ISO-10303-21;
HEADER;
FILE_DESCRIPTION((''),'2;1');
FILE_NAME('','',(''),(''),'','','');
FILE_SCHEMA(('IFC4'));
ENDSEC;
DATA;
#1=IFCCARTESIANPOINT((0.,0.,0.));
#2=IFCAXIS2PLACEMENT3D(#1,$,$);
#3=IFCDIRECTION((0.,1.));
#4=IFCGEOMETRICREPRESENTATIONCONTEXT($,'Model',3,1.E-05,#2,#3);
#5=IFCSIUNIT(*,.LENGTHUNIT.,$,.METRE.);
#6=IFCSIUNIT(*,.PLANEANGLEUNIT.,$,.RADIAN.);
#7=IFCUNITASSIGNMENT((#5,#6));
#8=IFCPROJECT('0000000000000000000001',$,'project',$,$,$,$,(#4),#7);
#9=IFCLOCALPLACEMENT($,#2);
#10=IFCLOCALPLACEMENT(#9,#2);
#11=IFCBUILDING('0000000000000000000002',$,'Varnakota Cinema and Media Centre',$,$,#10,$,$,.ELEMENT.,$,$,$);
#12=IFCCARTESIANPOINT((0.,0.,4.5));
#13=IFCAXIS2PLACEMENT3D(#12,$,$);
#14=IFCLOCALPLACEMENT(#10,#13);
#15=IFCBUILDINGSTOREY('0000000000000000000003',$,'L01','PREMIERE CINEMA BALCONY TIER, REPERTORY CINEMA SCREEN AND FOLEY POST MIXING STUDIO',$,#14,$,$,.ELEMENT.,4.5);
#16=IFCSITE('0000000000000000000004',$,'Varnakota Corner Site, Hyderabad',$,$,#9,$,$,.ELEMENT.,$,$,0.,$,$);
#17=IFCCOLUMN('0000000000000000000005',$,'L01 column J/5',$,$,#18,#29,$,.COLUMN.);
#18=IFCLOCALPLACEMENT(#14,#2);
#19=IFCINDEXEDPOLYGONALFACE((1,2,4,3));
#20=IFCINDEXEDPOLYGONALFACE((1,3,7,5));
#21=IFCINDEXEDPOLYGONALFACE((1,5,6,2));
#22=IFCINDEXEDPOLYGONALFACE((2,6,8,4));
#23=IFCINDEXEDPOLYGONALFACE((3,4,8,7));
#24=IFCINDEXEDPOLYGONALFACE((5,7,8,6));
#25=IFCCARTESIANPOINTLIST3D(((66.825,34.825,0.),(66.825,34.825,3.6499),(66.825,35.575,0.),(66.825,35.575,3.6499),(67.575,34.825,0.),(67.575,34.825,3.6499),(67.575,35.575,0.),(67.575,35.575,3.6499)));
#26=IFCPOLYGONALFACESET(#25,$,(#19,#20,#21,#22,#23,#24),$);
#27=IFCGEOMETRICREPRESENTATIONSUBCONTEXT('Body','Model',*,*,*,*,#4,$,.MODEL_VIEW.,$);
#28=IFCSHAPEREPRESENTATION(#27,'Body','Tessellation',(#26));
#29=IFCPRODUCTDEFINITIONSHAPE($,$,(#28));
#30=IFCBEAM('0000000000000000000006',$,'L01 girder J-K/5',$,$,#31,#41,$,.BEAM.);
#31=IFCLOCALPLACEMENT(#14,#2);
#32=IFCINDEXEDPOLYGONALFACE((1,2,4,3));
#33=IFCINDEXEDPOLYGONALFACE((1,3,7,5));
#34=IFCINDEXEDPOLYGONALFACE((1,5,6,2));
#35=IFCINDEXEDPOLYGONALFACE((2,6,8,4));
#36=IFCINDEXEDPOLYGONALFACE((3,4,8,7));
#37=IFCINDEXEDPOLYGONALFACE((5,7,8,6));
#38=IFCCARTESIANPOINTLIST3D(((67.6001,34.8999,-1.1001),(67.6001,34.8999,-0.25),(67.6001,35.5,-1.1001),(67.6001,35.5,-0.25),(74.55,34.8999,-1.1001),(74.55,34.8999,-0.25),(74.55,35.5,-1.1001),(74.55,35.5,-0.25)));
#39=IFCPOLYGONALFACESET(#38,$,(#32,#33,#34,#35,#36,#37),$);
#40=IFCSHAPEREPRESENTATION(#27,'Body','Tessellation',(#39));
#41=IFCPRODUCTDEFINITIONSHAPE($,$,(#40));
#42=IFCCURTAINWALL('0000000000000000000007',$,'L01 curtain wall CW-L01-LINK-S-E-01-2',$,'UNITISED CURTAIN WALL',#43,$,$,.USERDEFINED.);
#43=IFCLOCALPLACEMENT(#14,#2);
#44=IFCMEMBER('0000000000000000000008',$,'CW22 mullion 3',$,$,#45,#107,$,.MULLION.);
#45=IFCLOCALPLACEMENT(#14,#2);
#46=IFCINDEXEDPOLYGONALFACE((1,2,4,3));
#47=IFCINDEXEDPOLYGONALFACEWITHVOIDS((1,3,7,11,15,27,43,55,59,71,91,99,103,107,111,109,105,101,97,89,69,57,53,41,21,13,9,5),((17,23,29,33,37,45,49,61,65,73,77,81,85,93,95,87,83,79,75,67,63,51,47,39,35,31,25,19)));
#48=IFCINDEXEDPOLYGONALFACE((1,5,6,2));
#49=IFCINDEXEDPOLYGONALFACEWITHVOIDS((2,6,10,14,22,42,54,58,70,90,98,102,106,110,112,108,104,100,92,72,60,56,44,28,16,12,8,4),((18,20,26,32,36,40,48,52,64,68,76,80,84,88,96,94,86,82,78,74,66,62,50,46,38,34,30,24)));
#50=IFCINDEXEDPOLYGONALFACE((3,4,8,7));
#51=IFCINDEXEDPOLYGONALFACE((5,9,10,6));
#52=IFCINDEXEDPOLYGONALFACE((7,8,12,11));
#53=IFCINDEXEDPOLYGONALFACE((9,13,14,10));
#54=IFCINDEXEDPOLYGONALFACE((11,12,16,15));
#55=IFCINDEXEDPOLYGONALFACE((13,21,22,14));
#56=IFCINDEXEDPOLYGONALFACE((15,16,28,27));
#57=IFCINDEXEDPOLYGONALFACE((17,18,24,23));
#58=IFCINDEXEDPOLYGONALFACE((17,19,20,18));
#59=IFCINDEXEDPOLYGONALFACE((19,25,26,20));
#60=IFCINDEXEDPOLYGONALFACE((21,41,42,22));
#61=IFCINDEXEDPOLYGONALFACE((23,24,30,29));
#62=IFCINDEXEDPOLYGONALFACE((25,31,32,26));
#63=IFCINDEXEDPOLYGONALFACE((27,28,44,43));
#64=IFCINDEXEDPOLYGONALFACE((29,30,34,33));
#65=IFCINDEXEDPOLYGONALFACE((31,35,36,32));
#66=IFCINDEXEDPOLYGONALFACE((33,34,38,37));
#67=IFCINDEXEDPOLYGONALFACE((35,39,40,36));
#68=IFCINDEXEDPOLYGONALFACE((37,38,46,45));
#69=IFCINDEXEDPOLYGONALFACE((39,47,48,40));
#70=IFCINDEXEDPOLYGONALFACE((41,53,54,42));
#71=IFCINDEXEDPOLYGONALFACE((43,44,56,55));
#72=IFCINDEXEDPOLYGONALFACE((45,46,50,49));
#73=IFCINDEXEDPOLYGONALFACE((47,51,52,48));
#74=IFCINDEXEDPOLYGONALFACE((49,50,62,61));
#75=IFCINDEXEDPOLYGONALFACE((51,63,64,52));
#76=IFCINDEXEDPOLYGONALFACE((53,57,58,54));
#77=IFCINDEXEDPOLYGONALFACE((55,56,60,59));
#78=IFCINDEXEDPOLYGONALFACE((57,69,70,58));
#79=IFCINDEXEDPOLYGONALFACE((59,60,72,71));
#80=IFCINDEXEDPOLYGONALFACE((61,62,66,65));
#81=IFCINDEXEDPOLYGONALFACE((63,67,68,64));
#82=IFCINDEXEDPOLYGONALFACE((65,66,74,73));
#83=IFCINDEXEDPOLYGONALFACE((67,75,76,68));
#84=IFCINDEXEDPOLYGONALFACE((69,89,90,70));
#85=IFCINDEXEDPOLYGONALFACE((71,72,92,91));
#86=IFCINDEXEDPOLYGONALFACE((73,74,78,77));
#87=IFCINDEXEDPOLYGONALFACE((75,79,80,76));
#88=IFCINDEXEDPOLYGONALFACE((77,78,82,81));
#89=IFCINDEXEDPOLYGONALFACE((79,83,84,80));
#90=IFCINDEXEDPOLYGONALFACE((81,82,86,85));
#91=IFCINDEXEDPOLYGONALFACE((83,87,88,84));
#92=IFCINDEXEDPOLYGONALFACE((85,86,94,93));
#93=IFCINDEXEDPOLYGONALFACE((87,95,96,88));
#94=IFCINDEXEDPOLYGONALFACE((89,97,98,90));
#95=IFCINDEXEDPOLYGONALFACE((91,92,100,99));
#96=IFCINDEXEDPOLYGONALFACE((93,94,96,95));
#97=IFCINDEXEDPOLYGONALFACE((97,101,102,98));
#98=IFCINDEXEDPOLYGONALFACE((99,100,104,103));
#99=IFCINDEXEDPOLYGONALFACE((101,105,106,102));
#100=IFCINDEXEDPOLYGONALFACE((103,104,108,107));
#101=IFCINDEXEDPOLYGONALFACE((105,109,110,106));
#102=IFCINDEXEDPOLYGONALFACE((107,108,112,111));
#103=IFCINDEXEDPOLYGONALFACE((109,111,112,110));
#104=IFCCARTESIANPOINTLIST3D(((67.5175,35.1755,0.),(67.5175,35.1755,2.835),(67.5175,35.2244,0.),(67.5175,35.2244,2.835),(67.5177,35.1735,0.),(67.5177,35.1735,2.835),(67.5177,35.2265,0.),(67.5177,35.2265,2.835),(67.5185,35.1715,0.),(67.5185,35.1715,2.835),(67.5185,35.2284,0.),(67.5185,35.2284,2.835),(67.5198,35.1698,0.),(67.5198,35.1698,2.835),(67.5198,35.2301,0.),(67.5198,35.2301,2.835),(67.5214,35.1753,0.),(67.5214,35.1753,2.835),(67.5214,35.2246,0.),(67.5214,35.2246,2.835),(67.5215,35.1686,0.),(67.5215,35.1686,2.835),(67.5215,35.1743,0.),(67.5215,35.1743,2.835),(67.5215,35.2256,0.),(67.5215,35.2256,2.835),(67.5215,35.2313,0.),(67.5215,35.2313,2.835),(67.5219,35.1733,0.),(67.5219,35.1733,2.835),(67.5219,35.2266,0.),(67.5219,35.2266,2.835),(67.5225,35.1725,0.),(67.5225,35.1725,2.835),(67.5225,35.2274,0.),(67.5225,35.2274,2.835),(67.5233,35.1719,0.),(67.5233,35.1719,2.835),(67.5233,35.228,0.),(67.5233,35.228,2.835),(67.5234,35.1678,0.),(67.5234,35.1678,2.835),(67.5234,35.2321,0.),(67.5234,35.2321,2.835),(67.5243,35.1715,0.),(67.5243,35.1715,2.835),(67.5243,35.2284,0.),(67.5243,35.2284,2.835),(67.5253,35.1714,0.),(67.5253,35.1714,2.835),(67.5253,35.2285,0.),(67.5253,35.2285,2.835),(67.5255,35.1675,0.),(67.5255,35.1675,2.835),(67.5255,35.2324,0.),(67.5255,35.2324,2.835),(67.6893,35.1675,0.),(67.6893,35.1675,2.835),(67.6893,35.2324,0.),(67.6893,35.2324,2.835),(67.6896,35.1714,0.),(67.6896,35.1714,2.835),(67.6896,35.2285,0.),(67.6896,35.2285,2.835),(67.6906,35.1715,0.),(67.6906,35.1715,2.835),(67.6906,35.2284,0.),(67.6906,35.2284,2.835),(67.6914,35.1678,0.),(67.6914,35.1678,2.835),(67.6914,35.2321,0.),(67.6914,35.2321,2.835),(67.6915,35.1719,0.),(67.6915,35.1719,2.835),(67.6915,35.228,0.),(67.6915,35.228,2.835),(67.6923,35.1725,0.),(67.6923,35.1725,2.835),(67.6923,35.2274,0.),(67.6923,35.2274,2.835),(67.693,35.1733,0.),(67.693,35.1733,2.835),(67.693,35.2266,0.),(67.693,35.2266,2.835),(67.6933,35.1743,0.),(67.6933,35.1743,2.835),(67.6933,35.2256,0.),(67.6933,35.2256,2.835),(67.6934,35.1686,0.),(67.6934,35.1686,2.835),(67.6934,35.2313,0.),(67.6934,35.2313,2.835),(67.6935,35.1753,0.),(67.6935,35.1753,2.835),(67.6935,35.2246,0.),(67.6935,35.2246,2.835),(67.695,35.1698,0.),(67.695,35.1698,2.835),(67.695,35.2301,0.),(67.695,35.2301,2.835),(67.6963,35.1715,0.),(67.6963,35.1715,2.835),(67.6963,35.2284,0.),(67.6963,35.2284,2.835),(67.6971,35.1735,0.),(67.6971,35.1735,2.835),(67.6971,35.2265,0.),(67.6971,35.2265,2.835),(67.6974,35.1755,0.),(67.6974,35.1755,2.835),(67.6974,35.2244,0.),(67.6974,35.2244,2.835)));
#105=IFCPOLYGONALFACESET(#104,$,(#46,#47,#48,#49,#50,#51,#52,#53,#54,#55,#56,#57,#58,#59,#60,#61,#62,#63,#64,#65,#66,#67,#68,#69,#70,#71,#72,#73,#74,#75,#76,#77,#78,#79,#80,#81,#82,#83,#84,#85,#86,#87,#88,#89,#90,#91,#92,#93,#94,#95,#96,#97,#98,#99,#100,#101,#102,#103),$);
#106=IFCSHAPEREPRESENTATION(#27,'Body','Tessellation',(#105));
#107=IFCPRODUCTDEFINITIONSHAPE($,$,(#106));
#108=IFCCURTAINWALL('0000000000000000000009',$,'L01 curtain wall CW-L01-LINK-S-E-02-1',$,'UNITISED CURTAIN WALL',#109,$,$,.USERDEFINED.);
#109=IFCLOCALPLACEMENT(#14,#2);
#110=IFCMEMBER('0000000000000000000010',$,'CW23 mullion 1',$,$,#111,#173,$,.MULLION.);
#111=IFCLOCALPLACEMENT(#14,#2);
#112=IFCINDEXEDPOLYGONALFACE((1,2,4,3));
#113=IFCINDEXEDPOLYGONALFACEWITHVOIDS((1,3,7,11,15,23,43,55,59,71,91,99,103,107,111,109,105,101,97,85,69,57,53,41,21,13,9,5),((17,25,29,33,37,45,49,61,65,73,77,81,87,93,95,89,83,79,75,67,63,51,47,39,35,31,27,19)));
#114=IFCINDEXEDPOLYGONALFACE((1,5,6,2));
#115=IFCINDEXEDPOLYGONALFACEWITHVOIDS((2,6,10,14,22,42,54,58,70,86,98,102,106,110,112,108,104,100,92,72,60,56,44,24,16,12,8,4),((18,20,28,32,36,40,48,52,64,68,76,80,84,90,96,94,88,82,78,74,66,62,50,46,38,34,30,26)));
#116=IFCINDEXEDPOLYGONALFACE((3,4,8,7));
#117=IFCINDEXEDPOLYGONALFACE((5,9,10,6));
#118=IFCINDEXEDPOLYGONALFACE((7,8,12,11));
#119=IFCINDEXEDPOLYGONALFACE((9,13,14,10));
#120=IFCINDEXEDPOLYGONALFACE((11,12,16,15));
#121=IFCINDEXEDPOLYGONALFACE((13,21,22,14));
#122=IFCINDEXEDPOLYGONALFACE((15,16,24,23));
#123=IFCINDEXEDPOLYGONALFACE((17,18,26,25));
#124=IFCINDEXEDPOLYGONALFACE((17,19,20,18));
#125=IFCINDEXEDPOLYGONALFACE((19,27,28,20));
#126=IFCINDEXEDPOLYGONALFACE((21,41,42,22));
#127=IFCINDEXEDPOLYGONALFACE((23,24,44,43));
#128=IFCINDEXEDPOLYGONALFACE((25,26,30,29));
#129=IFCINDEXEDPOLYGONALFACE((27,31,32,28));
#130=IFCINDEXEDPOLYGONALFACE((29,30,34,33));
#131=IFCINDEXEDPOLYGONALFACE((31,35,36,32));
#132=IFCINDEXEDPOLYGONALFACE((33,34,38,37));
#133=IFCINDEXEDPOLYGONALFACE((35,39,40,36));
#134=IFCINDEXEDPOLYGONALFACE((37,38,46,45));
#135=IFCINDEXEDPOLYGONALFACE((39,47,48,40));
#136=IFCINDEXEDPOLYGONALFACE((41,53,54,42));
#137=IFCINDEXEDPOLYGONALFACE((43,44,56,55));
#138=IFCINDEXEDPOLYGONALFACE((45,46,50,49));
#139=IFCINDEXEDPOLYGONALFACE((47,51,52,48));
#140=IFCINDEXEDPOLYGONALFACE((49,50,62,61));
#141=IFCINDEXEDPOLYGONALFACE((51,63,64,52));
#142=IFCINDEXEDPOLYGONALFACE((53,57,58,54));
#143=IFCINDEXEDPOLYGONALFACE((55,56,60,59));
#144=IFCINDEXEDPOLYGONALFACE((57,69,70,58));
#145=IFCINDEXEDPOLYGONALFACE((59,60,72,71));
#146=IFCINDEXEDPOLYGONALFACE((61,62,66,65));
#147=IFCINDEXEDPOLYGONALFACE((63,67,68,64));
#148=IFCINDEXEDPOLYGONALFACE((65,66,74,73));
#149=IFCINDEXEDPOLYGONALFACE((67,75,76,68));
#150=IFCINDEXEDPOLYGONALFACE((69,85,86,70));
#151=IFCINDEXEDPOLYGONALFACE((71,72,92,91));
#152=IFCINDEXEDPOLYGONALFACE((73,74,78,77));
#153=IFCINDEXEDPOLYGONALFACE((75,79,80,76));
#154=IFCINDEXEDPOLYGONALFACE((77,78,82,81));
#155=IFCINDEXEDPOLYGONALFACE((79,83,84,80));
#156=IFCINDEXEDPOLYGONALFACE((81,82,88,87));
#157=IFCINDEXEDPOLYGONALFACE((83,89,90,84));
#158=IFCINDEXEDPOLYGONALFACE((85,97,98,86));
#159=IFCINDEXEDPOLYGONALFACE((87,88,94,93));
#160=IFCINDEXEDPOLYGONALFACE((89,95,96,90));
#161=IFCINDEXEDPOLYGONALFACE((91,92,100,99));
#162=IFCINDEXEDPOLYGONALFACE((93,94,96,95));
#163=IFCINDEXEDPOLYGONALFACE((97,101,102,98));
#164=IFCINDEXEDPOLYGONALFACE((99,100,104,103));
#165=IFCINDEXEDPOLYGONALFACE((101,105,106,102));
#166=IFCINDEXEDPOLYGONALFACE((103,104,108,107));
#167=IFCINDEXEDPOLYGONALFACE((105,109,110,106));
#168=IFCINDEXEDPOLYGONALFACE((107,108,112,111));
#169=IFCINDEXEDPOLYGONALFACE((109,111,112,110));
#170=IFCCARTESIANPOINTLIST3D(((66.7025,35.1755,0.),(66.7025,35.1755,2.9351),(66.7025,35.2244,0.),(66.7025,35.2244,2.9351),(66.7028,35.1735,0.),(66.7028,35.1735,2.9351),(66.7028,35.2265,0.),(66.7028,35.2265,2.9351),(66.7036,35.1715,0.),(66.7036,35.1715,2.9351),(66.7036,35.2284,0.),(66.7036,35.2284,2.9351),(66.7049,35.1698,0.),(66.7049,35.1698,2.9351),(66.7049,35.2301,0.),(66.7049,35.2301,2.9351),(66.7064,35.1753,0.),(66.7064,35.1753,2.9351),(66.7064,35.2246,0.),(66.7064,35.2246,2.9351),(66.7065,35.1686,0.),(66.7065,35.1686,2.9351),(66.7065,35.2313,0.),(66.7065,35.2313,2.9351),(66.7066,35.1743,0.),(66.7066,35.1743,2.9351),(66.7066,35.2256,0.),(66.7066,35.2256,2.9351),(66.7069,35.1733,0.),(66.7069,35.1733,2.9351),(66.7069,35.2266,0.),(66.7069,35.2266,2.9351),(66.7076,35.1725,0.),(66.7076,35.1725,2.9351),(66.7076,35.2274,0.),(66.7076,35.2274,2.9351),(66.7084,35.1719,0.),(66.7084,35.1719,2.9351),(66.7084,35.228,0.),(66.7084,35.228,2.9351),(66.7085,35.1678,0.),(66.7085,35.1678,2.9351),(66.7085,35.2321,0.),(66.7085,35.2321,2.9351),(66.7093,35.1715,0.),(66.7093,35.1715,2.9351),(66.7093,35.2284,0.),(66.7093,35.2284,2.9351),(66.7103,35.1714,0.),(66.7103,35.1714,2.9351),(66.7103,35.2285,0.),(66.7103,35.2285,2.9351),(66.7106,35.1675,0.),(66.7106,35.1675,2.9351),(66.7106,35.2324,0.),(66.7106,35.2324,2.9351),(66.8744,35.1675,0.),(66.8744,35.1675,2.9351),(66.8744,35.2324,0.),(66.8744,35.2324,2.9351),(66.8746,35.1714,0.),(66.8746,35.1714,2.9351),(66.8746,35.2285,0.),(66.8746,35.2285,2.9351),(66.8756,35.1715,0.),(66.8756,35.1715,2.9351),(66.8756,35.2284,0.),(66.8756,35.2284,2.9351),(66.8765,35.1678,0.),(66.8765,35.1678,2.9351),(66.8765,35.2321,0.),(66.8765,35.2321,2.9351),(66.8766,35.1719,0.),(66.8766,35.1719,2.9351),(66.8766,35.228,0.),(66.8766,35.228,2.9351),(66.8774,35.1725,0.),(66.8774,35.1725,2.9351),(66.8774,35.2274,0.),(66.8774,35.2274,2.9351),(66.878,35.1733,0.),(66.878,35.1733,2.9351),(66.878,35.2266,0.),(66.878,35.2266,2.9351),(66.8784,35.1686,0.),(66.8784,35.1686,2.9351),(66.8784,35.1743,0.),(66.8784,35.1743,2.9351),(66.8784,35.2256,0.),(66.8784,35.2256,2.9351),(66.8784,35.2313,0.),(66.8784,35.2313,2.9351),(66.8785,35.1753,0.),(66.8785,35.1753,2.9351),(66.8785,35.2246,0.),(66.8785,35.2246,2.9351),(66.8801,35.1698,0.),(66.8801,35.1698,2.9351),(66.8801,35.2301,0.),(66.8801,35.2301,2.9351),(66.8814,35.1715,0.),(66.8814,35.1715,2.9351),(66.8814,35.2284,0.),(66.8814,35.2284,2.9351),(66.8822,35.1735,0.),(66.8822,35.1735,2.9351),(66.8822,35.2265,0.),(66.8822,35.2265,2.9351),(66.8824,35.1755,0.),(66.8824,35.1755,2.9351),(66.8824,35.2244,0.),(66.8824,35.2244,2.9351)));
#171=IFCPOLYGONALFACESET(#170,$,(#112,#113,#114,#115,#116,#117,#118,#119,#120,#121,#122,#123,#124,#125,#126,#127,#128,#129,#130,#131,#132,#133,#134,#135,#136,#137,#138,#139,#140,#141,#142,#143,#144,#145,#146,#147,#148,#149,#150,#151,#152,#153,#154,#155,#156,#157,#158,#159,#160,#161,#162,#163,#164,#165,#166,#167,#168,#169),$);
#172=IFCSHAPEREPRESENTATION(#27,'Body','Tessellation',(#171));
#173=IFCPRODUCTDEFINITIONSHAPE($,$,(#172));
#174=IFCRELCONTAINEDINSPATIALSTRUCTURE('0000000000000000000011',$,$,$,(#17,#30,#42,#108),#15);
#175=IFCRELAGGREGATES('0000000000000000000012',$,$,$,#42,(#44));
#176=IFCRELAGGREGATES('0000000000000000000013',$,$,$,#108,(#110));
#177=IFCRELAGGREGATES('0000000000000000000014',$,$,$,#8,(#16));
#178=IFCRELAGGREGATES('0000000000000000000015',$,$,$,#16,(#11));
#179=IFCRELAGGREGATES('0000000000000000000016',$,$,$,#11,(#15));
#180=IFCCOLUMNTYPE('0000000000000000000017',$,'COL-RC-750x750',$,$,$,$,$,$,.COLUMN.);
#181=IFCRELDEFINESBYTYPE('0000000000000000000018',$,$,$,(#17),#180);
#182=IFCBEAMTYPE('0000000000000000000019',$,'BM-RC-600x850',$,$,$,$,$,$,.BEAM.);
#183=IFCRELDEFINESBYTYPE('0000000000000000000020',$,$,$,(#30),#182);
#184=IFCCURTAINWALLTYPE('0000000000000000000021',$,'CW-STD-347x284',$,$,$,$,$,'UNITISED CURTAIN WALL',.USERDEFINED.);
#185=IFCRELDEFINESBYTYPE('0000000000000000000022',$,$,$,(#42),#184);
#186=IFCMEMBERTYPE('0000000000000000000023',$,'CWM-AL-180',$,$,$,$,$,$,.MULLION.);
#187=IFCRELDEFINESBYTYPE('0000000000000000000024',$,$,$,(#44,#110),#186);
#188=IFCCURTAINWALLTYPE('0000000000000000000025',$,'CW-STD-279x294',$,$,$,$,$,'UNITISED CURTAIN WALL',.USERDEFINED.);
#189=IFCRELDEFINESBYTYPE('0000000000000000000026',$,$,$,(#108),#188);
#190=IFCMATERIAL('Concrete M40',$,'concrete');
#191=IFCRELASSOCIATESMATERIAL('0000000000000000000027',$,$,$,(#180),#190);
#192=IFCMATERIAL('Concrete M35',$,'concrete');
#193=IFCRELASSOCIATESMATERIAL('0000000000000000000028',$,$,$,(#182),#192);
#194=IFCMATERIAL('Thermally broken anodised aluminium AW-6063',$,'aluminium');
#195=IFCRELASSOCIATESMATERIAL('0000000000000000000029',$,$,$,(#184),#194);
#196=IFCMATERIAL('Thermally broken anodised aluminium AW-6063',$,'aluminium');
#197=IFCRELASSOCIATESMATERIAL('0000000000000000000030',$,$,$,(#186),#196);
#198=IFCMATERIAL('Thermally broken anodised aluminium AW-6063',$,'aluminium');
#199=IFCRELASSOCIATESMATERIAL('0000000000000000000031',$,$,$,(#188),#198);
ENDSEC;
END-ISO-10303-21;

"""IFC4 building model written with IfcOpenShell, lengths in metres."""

from ifc_helpers import new_model, si_unit, direction, frame, origin, origin_2d, place, context, subcontext, project, spatial, rectangle, hollow_rectangle, extrude, material, material_profile, profile_set, type_object, element, aggregate, save


model = new_model("IFC4")

# Units and contexts
model_context = context("Model", 3, precision=1e-05, world=origin(), true_north=direction((0.0, 1.0)))
body_context = subcontext(model_context, "Body", "Model", "MODEL_VIEW")
ifc_project = project(units=[si_unit("LENGTHUNIT", "METRE"), si_unit("PLANEANGLEUNIT", "RADIAN")], contexts=[model_context])

# Site, building, storey
site_placement = place(None, origin())
site = spatial("IfcSite", under=ifc_project, at=site_placement, Name="Varnakota Corner Site, Hyderabad", CompositionType="ELEMENT", RefElevation=0.0)
building_placement = place(site_placement, origin())
building = spatial("IfcBuilding", under=site, at=building_placement, Name="Varnakota Cinema and Media Centre", CompositionType="ELEMENT")
storey_placement = place(building_placement, frame((0.0, 0.0, 4.5)))
storey = spatial("IfcBuildingStorey", under=building, at=storey_placement, Name="L01", Description="PREMIERE CINEMA BALCONY TIER, REPERTORY CINEMA SCREEN AND FOLEY POST MIXING STUDIO", CompositionType="ELEMENT", Elevation=4.5)

# Column
ifc_material_1 = material(Name="Concrete M40", Category="concrete")
ifc_material_profile_1 = material_profile(ifc_material_1, rectangle(XDim=0.75, YDim=0.75, at=origin_2d()), Name="RC 750x750")
ifc_profile_set_1 = profile_set([ifc_material_profile_1], Name="Concrete M40")
column_type = type_object("IfcColumnType", Name="COL-RC-750x750", PredefinedType="COLUMN", material=ifc_profile_set_1)
column_placement = place(storey_placement, frame((67.2, 35.2, 0.0), z_axis=(0.0, 0.0, 1.0), x_axis=(1.0, 0.0, 0.0)))
element("IfcColumn", 1, at=column_placement, inside=storey, type_object=column_type, Name="L01 column J/5", PredefinedType="COLUMN", context=body_context, shape_type="SweptSolid", body=[
    extrude(rectangle(XDim=0.75, YDim=0.75, at=origin_2d()), origin(), (0.0, 0.0, 1.0), 3.6499),
])

# Beam
ifc_material_2 = material(Name="Concrete M35", Category="concrete")
ifc_material_profile_2 = material_profile(ifc_material_2, rectangle(XDim=0.6001, YDim=0.8501, at=origin_2d()), Name="RCB 600x850")
ifc_profile_set_2 = profile_set([ifc_material_profile_2], Name="Concrete M35")
beam_type = type_object("IfcBeamType", Name="BM-RC-600x850", PredefinedType="BEAM", material=ifc_profile_set_2)
beam_placement = place(storey_placement, frame((67.6001, 35.2, -0.675), z_axis=(1.0, 0.0, 0.0), x_axis=(0.0, 1.0, 0.0)))
element("IfcBeam", 2, at=beam_placement, inside=storey, type_object=beam_type, Name="L01 girder J-K/5", PredefinedType="BEAM", context=body_context, shape_type="SweptSolid", body=[
    extrude(rectangle(XDim=0.6001, YDim=0.8501, at=origin_2d()), origin(), (0.0, 0.0, 1.0), 6.95),
])

# Curtain wall, member
ifc_material_3 = material(Name="Thermally broken anodised aluminium AW-6063", Category="aluminium")
curtain_wall_type_1 = type_object("IfcCurtainWallType", Name="CW-STD-347x284", ElementType="UNITISED CURTAIN WALL", PredefinedType="USERDEFINED", material=ifc_material_3)
curtain_wall_1_placement = place(storey_placement, origin())
curtain_wall_1 = element("IfcCurtainWall", 3, at=curtain_wall_1_placement, inside=storey, type_object=curtain_wall_type_1, Name="L01 curtain wall CW-L01-LINK-S-E-01-2", ObjectType="UNITISED CURTAIN WALL", PredefinedType="USERDEFINED")
ifc_material_4 = material(Name="Thermally broken anodised aluminium AW-6063", Category="aluminium")
ifc_material_profile_3 = material_profile(ifc_material_4, hollow_rectangle(XDim=0.0649, YDim=0.1799, WallThickness=0.0039, InnerFilletRadius=0.0039, OuterFilletRadius=0.0081, at=origin_2d()), Name="AL-MULLION 180x65x4")
ifc_profile_set_3 = profile_set([ifc_material_profile_3], Name="Thermally broken anodised aluminium AW-6063")
member_type_1 = type_object("IfcMemberType", Name="CWM-AL-180", PredefinedType="MULLION", material=ifc_profile_set_3)
member_1_placement = place(storey_placement, frame((67.6074, 35.2, 0.0), z_axis=(0.0, 0.0, 1.0), x_axis=(0.0, -1.0, 0.0)))
member_1 = element("IfcMember", 4, at=member_1_placement, type_object=member_type_1, Name="CW22 mullion 3", PredefinedType="MULLION", context=body_context, shape_type="SweptSolid", body=[
    extrude(hollow_rectangle(XDim=0.0649, YDim=0.1799, WallThickness=0.0039, InnerFilletRadius=0.0039, OuterFilletRadius=0.0081, at=origin_2d()), origin(), (0.0, 0.0, 1.0), 2.835),
])

# Curtain wall, member
ifc_material_5 = material(Name="Thermally broken anodised aluminium AW-6063", Category="aluminium")
curtain_wall_type_2 = type_object("IfcCurtainWallType", Name="CW-STD-279x294", ElementType="UNITISED CURTAIN WALL", PredefinedType="USERDEFINED", material=ifc_material_5)
curtain_wall_2_placement = place(storey_placement, origin())
curtain_wall_2 = element("IfcCurtainWall", 5, at=curtain_wall_2_placement, inside=storey, type_object=curtain_wall_type_2, Name="L01 curtain wall CW-L01-LINK-S-E-02-1", ObjectType="UNITISED CURTAIN WALL", PredefinedType="USERDEFINED")
member_2_placement = place(storey_placement, frame((66.7925, 35.2, 0.0), z_axis=(0.0, 0.0, 1.0), x_axis=(0.0, -1.0, 0.0)))
member_2 = element("IfcMember", 6, at=member_2_placement, type_object=member_type_1, Name="CW23 mullion 1", PredefinedType="MULLION", context=body_context, shape_type="SweptSolid", body=[
    extrude(hollow_rectangle(XDim=0.0649, YDim=0.1799, WallThickness=0.0039, InnerFilletRadius=0.0039, OuterFilletRadius=0.0081, at=origin_2d()), origin(), (0.0, 0.0, 1.0), 2.9351),
])

aggregate(curtain_wall_1, [member_1])
aggregate(curtain_wall_2, [member_2])

save(model, "model.ifc")
